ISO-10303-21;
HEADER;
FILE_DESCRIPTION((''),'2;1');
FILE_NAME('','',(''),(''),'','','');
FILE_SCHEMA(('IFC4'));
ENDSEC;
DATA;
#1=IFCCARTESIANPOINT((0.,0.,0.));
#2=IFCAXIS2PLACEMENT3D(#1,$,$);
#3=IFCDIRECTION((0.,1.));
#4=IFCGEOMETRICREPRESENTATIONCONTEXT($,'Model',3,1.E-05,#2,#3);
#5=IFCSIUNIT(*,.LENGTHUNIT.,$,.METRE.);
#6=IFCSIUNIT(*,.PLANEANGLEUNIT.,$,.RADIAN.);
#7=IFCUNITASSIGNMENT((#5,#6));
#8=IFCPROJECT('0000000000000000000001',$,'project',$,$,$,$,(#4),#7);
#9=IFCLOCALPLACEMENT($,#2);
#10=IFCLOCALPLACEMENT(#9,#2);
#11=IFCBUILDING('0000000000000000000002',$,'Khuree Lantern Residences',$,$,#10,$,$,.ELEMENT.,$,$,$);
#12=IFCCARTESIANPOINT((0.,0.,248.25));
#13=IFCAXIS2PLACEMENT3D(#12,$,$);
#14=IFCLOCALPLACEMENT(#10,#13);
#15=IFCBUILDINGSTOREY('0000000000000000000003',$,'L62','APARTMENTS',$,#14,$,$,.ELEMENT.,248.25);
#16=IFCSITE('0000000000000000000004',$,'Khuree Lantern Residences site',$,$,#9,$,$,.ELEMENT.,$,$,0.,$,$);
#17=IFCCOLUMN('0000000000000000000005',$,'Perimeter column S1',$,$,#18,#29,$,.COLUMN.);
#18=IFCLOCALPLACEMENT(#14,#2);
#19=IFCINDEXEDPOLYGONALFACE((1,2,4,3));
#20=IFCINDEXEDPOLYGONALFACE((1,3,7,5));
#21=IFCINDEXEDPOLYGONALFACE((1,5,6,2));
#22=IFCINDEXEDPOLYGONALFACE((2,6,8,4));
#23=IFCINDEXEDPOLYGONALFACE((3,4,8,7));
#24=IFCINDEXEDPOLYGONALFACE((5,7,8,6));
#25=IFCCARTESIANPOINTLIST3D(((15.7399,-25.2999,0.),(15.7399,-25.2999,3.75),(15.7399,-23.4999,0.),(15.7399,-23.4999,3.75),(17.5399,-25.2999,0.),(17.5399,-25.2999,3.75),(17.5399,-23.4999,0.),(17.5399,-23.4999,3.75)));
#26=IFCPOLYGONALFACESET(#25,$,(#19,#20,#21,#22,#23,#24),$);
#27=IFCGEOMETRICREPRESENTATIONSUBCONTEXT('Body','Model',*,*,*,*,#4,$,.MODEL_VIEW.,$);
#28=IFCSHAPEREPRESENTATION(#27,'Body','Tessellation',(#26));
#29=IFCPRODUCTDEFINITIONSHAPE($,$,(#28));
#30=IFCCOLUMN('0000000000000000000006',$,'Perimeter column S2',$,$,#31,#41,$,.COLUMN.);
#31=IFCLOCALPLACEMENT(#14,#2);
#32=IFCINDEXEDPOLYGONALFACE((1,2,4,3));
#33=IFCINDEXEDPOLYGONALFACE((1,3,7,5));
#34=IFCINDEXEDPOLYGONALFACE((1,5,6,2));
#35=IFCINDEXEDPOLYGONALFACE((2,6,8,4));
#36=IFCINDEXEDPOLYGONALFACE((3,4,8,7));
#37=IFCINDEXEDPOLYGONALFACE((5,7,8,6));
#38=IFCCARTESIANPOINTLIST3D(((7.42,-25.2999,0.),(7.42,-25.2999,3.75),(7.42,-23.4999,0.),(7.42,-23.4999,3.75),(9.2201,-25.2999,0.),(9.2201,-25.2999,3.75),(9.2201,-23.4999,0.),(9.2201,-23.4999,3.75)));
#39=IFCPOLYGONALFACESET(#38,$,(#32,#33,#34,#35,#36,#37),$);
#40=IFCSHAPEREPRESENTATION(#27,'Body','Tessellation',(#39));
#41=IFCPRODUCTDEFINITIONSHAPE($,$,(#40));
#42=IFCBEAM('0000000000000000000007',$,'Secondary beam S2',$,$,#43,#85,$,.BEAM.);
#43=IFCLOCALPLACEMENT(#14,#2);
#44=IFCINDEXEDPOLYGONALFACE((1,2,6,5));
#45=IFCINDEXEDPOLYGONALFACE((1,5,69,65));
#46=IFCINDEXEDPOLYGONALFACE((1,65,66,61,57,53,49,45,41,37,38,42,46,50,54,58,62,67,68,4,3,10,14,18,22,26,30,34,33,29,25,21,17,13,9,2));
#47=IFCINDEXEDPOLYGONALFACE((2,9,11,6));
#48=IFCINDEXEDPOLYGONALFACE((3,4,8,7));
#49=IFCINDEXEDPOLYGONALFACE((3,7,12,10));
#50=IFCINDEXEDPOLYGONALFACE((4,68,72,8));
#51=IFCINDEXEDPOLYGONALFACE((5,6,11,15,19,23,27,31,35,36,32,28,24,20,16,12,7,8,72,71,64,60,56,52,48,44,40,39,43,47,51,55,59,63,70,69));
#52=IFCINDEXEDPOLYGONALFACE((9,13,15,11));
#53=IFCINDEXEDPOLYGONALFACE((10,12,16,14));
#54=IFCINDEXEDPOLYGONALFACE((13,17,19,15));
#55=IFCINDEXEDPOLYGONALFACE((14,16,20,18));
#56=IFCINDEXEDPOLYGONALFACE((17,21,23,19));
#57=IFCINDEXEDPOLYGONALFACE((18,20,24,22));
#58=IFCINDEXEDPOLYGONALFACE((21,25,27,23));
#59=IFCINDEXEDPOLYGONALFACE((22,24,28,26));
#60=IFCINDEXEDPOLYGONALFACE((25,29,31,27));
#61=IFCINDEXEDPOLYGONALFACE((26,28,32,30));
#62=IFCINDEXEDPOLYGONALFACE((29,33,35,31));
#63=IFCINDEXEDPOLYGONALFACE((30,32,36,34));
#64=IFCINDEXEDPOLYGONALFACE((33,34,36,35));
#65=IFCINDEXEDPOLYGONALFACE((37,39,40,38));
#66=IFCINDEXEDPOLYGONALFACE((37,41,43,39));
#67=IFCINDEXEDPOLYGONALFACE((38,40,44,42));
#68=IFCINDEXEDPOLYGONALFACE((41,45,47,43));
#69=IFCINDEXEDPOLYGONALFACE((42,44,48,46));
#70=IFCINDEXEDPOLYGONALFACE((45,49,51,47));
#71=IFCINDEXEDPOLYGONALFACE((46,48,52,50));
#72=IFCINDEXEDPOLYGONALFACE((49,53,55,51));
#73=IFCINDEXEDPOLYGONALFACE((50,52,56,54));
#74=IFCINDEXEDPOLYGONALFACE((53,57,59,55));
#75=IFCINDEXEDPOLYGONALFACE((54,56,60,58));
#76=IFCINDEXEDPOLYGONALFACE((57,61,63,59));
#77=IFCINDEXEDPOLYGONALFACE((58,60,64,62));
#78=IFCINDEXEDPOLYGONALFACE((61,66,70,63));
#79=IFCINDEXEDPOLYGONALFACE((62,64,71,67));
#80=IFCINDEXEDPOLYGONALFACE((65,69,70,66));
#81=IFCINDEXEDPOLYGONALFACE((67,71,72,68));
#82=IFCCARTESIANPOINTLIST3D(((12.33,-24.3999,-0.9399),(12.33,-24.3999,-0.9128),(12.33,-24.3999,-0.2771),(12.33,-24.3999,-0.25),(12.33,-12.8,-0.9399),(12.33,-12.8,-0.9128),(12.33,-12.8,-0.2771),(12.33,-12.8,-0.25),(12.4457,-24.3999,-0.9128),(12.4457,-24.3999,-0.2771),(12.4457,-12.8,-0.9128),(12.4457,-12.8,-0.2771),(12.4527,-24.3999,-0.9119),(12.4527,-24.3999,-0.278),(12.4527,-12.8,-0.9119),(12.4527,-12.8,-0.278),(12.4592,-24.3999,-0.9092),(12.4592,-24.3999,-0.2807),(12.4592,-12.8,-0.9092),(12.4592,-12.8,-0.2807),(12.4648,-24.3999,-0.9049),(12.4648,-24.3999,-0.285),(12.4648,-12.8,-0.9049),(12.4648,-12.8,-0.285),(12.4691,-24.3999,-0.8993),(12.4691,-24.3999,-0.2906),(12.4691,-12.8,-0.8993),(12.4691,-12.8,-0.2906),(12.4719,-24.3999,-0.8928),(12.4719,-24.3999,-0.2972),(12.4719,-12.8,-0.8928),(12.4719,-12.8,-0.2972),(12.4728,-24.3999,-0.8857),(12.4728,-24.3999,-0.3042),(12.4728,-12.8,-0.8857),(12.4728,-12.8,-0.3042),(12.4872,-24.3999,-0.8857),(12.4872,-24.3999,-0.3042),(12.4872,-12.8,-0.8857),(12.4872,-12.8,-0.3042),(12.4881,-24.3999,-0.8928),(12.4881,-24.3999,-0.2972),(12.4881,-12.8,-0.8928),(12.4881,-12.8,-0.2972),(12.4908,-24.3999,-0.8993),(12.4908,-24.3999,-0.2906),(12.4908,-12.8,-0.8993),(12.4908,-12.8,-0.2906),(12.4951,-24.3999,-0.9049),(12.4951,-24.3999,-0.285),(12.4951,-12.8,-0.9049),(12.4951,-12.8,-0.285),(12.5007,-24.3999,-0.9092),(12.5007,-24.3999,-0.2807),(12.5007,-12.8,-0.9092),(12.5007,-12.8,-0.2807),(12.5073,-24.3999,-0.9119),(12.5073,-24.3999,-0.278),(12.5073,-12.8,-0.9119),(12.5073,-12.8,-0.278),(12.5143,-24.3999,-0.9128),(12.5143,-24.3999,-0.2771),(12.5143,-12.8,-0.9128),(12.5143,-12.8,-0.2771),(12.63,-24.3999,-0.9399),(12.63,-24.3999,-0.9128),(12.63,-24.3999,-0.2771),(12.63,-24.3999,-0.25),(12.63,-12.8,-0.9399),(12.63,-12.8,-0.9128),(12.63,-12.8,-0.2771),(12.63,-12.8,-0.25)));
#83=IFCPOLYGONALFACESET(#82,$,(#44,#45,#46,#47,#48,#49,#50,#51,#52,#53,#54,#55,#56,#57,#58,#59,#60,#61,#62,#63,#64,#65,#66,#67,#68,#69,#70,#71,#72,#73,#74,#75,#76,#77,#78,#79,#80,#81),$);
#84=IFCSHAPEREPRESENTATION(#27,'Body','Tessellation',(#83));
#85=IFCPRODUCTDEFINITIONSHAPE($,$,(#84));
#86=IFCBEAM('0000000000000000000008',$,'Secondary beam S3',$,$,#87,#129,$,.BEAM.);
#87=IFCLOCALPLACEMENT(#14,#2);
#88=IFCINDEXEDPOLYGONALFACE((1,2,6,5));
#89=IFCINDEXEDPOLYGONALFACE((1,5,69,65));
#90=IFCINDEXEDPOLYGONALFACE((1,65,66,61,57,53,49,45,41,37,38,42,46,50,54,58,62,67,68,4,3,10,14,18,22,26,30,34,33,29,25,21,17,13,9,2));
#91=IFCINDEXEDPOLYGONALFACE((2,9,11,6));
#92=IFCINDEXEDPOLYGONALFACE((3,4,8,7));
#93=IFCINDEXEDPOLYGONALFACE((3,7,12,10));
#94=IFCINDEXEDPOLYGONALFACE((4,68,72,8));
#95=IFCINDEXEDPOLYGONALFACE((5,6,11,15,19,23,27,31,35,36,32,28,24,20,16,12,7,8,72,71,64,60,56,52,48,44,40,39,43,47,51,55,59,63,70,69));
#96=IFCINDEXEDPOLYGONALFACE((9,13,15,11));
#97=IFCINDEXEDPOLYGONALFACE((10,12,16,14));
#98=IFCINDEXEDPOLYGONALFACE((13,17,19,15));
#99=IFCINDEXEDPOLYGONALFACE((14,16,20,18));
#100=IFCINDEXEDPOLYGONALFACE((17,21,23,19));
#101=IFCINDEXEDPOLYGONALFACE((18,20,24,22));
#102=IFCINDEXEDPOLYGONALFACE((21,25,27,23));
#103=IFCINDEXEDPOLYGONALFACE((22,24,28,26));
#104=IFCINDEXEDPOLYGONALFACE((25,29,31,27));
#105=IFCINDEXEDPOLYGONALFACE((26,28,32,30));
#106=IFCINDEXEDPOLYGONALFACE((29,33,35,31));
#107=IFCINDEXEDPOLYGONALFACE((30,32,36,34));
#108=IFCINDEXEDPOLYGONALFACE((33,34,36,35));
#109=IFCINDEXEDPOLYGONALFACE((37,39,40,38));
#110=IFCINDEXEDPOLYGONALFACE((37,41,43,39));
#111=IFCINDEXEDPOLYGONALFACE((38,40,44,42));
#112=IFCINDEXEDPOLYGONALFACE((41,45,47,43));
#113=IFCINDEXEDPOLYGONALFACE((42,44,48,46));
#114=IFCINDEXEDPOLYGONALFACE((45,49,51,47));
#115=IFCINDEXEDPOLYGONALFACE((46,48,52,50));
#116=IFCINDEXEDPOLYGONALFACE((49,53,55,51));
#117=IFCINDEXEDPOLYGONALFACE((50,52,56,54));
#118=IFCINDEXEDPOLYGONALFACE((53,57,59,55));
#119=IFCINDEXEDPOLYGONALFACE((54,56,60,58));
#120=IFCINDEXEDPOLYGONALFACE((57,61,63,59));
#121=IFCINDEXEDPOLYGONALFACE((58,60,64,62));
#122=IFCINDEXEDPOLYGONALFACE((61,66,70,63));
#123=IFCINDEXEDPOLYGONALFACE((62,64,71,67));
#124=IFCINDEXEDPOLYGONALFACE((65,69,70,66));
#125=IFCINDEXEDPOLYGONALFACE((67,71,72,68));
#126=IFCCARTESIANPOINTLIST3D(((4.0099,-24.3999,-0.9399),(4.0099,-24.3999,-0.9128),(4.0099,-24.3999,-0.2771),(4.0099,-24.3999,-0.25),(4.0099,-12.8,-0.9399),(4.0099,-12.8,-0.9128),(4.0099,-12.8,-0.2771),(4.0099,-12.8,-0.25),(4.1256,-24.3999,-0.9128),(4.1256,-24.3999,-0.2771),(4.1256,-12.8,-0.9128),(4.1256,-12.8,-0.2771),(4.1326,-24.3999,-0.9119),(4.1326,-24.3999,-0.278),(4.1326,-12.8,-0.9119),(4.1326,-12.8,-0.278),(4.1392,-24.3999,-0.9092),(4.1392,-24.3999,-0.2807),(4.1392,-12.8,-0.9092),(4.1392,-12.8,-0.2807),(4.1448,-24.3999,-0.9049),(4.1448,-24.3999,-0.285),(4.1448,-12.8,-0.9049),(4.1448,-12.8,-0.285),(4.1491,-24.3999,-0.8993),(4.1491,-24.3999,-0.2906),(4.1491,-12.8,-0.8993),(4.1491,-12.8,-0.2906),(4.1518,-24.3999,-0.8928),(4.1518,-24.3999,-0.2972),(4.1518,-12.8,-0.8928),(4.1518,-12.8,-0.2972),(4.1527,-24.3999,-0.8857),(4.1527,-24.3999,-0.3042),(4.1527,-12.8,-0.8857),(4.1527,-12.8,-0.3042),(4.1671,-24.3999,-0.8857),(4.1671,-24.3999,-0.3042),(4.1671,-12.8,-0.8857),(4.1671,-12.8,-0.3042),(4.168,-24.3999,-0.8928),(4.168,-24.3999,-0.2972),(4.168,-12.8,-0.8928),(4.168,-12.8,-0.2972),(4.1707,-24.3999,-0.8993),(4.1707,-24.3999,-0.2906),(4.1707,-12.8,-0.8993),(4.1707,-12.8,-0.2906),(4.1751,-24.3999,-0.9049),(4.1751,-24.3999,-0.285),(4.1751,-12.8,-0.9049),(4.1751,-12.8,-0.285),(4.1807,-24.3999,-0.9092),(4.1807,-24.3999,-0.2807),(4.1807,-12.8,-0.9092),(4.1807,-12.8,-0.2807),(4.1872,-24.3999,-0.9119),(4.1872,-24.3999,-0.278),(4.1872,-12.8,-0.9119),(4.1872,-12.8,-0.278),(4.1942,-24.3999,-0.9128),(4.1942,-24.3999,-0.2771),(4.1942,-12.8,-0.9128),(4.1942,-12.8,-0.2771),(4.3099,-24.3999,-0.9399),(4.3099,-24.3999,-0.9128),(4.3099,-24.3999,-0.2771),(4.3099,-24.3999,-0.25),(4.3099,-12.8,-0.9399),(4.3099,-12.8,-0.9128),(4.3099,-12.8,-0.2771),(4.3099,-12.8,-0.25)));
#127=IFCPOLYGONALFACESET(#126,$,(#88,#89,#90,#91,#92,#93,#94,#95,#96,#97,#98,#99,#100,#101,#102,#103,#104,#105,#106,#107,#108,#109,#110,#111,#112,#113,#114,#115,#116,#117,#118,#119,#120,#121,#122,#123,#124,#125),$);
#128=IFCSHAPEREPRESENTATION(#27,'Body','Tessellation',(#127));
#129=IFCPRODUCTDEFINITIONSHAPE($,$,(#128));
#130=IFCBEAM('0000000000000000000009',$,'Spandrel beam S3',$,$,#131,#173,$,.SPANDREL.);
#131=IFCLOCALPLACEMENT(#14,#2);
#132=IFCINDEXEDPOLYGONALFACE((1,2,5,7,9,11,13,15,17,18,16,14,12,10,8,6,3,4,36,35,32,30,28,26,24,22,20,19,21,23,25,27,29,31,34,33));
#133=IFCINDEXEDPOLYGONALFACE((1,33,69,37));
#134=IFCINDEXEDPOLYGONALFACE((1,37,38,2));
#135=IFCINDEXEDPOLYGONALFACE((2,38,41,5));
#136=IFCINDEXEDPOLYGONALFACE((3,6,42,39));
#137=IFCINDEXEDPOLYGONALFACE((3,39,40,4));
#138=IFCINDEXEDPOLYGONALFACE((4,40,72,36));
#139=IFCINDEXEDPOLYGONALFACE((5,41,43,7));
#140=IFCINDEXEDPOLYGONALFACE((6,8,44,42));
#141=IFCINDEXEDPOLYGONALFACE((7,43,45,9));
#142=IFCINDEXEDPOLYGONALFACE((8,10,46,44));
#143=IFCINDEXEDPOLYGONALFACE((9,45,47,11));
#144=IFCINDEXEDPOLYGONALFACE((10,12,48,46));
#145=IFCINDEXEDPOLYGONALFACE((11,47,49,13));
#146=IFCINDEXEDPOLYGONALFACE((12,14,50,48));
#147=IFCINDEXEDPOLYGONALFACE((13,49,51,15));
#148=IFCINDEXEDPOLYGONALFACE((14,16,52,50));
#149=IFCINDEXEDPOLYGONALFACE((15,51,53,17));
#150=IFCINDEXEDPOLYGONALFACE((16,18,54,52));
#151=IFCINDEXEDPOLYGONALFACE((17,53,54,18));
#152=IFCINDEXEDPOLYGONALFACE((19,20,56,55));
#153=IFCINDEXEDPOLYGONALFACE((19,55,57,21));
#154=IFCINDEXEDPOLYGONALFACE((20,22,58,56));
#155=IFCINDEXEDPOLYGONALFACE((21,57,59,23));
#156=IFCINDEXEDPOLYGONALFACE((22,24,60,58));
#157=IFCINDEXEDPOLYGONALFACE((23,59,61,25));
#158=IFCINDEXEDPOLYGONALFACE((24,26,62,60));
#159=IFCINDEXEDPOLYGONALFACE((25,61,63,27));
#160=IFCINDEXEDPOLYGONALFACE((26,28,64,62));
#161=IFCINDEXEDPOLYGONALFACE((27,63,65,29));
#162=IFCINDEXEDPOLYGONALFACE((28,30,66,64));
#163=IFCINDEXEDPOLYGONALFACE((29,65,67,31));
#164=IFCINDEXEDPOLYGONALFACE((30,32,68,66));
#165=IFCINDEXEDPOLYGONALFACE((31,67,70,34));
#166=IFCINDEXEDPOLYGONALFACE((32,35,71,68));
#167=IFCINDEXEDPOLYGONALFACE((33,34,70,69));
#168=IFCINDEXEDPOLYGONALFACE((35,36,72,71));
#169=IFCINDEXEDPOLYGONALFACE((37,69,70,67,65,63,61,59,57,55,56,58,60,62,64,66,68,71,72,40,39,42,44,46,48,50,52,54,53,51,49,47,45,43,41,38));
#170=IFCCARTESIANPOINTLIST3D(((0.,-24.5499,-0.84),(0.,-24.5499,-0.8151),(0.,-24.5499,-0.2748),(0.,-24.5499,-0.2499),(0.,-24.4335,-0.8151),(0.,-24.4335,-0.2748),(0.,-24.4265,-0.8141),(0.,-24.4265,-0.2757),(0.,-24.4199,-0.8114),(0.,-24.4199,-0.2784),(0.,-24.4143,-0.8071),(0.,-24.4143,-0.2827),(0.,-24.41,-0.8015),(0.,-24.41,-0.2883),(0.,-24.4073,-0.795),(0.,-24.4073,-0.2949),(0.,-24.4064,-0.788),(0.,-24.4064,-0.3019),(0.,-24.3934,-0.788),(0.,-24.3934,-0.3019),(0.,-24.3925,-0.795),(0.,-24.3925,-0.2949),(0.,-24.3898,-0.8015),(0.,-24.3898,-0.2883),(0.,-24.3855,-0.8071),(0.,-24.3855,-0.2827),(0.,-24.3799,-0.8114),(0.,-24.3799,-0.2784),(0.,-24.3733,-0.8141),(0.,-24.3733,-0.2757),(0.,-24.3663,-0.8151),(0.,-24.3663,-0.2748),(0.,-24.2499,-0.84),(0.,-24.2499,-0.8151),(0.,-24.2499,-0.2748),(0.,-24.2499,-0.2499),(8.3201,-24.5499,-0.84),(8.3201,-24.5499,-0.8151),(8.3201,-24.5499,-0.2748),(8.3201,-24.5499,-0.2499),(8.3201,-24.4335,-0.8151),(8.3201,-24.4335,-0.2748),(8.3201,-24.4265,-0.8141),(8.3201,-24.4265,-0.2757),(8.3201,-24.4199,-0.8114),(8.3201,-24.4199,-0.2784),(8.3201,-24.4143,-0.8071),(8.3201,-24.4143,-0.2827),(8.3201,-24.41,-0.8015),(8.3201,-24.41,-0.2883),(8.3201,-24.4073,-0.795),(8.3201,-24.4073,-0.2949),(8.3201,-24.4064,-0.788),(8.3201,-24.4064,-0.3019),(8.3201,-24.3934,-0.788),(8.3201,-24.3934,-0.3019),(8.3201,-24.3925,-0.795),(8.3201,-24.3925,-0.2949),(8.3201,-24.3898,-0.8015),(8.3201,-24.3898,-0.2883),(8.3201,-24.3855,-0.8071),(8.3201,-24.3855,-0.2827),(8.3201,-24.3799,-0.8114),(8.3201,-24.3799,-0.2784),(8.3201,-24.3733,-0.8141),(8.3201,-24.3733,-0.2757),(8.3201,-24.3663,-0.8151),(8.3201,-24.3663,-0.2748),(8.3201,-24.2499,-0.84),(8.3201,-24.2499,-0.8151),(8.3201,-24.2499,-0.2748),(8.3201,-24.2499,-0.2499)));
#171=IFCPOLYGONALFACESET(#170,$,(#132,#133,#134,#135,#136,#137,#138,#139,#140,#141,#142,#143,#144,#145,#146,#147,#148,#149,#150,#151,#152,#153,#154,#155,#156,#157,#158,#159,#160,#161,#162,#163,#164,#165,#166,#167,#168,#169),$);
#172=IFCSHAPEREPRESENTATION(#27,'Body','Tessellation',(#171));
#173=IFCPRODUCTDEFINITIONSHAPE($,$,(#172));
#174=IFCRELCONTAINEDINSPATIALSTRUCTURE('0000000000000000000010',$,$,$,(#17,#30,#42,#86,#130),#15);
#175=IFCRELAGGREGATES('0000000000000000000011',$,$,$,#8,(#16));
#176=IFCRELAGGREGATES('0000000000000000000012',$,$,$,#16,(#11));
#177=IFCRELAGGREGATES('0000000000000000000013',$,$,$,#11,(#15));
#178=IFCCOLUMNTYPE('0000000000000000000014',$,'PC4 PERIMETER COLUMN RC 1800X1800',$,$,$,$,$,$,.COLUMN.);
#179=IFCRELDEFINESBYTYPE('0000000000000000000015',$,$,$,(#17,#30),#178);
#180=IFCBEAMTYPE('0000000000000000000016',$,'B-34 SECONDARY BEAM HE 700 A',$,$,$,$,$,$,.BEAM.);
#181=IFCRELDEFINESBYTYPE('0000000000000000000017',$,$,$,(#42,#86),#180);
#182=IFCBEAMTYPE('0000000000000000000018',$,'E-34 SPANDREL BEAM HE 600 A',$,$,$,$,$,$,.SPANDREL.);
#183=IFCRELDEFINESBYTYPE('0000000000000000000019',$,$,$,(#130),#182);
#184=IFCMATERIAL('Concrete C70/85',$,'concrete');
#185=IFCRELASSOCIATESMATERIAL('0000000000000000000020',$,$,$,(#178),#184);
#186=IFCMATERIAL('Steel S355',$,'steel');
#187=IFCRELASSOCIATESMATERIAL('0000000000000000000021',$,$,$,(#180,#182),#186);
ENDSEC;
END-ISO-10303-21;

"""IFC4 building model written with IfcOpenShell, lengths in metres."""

from ifc_helpers import new_model, si_unit, direction, frame, origin, origin_2d, place, context, subcontext, project, spatial, rectangle, i_section, extrude, material, material_profile, profile_set, type_object, element, save


model = new_model("IFC4")

# Units and contexts
model_context = context("Model", 3, precision=1e-05, world=origin(), true_north=direction((0.0, 1.0)))
body_context = subcontext(model_context, "Body", "Model", "MODEL_VIEW")
ifc_project = project(units=[si_unit("LENGTHUNIT", "METRE"), si_unit("PLANEANGLEUNIT", "RADIAN")], contexts=[model_context])

# Site, building, storey
site_placement = place(None, origin())
site = spatial("IfcSite", under=ifc_project, at=site_placement, Name="Khuree Lantern Residences site", CompositionType="ELEMENT", RefElevation=0.0)
building_placement = place(site_placement, origin())
building = spatial("IfcBuilding", under=site, at=building_placement, Name="Khuree Lantern Residences", CompositionType="ELEMENT")
storey_placement = place(building_placement, frame((0.0, 0.0, 248.25)))
storey = spatial("IfcBuildingStorey", under=building, at=storey_placement, Name="L62", Description="APARTMENTS", CompositionType="ELEMENT", Elevation=248.25)

# Columns
ifc_material_1 = material(Name="Concrete C70/85", Category="concrete")
ifc_material_profile_1 = material_profile(ifc_material_1, rectangle(XDim=1.8, YDim=1.8, at=origin_2d()), Name="RC 1800X1800")
ifc_profile_set_1 = profile_set([ifc_material_profile_1], Name="Concrete C70/85")
column_type = type_object("IfcColumnType", Name="PC4 PERIMETER COLUMN RC 1800X1800", PredefinedType="COLUMN", material=ifc_profile_set_1)
for number, where, z_axis, x_axis, name in (
    (1, (16.6399, -24.3999, 0.0), (0.0, 0.0, 1.0), (1.0, 0.0, 0.0), "Perimeter column S1"),
    (2, (8.3201, -24.3999, 0.0), (0.0, 0.0, 1.0), (1.0, 0.0, 0.0), "Perimeter column S2"),
):
    element("IfcColumn", number, at=place(storey_placement, frame(where, z_axis=z_axis, x_axis=x_axis)), inside=storey, type_object=column_type, Name=name, PredefinedType="COLUMN", context=body_context, shape_type="SweptSolid", body=[
        extrude(rectangle(XDim=1.8, YDim=1.8, at=origin_2d()), origin(), (0.0, 0.0, 1.0), 3.75),
    ])

# Beams
ifc_material_2 = material(Name="Steel S355", Category="steel")
ifc_material_profile_2 = material_profile(ifc_material_2, i_section(OverallWidth=0.3, OverallDepth=0.6899, WebThickness=0.0144, FlangeThickness=0.0271, FilletRadius=0.0271, at=origin_2d()), Name="HE 700 A")
ifc_profile_set_2 = profile_set([ifc_material_profile_2], Name="Steel S355")
beam_type_1 = type_object("IfcBeamType", Name="B-34 SECONDARY BEAM HE 700 A", PredefinedType="BEAM", material=ifc_profile_set_2)
for number, where, z_axis, x_axis, name in (
    (3, (12.48, -24.3999, -0.595), (0.0, 1.0, 0.0), (-1.0, 0.0, 0.0), "Secondary beam S2"),
    (4, (4.1599, -24.3999, -0.595), (0.0, 1.0, 0.0), (-1.0, 0.0, 0.0), "Secondary beam S3"),
):
    element("IfcBeam", number, at=place(storey_placement, frame(where, z_axis=z_axis, x_axis=x_axis)), inside=storey, type_object=beam_type_1, Name=name, PredefinedType="BEAM", context=body_context, shape_type="SweptSolid", body=[
        extrude(i_section(OverallWidth=0.3, OverallDepth=0.6899, WebThickness=0.0144, FlangeThickness=0.0271, FilletRadius=0.0271, at=origin_2d()), origin(), (0.0, 0.0, 1.0), 11.5999),
    ])
ifc_material_profile_3 = material_profile(ifc_material_2, i_section(OverallWidth=0.3, OverallDepth=0.5901, WebThickness=0.0129, FlangeThickness=0.0249, FilletRadius=0.0271, at=origin_2d()), Name="HE 600 A")
ifc_profile_set_3 = profile_set([ifc_material_profile_3], Name="Steel S355")
beam_type_2 = type_object("IfcBeamType", Name="E-34 SPANDREL BEAM HE 600 A", PredefinedType="SPANDREL", material=ifc_profile_set_3)
for number, where, z_axis, x_axis, name in (
    (5, (8.3201, -24.3999, -0.5449), (-1.0, 0.0, 0.0), (0.0, -1.0, 0.0), "Spandrel beam S3"),
):
    element("IfcBeam", number, at=place(storey_placement, frame(where, z_axis=z_axis, x_axis=x_axis)), inside=storey, type_object=beam_type_2, Name=name, PredefinedType="SPANDREL", context=body_context, shape_type="SweptSolid", body=[
        extrude(i_section(OverallWidth=0.3, OverallDepth=0.5901, WebThickness=0.0129, FlangeThickness=0.0249, FilletRadius=0.0271, at=origin_2d()), origin(), (0.0, 0.0, 1.0), 8.3201),
    ])

save(model, "model.ifc")
